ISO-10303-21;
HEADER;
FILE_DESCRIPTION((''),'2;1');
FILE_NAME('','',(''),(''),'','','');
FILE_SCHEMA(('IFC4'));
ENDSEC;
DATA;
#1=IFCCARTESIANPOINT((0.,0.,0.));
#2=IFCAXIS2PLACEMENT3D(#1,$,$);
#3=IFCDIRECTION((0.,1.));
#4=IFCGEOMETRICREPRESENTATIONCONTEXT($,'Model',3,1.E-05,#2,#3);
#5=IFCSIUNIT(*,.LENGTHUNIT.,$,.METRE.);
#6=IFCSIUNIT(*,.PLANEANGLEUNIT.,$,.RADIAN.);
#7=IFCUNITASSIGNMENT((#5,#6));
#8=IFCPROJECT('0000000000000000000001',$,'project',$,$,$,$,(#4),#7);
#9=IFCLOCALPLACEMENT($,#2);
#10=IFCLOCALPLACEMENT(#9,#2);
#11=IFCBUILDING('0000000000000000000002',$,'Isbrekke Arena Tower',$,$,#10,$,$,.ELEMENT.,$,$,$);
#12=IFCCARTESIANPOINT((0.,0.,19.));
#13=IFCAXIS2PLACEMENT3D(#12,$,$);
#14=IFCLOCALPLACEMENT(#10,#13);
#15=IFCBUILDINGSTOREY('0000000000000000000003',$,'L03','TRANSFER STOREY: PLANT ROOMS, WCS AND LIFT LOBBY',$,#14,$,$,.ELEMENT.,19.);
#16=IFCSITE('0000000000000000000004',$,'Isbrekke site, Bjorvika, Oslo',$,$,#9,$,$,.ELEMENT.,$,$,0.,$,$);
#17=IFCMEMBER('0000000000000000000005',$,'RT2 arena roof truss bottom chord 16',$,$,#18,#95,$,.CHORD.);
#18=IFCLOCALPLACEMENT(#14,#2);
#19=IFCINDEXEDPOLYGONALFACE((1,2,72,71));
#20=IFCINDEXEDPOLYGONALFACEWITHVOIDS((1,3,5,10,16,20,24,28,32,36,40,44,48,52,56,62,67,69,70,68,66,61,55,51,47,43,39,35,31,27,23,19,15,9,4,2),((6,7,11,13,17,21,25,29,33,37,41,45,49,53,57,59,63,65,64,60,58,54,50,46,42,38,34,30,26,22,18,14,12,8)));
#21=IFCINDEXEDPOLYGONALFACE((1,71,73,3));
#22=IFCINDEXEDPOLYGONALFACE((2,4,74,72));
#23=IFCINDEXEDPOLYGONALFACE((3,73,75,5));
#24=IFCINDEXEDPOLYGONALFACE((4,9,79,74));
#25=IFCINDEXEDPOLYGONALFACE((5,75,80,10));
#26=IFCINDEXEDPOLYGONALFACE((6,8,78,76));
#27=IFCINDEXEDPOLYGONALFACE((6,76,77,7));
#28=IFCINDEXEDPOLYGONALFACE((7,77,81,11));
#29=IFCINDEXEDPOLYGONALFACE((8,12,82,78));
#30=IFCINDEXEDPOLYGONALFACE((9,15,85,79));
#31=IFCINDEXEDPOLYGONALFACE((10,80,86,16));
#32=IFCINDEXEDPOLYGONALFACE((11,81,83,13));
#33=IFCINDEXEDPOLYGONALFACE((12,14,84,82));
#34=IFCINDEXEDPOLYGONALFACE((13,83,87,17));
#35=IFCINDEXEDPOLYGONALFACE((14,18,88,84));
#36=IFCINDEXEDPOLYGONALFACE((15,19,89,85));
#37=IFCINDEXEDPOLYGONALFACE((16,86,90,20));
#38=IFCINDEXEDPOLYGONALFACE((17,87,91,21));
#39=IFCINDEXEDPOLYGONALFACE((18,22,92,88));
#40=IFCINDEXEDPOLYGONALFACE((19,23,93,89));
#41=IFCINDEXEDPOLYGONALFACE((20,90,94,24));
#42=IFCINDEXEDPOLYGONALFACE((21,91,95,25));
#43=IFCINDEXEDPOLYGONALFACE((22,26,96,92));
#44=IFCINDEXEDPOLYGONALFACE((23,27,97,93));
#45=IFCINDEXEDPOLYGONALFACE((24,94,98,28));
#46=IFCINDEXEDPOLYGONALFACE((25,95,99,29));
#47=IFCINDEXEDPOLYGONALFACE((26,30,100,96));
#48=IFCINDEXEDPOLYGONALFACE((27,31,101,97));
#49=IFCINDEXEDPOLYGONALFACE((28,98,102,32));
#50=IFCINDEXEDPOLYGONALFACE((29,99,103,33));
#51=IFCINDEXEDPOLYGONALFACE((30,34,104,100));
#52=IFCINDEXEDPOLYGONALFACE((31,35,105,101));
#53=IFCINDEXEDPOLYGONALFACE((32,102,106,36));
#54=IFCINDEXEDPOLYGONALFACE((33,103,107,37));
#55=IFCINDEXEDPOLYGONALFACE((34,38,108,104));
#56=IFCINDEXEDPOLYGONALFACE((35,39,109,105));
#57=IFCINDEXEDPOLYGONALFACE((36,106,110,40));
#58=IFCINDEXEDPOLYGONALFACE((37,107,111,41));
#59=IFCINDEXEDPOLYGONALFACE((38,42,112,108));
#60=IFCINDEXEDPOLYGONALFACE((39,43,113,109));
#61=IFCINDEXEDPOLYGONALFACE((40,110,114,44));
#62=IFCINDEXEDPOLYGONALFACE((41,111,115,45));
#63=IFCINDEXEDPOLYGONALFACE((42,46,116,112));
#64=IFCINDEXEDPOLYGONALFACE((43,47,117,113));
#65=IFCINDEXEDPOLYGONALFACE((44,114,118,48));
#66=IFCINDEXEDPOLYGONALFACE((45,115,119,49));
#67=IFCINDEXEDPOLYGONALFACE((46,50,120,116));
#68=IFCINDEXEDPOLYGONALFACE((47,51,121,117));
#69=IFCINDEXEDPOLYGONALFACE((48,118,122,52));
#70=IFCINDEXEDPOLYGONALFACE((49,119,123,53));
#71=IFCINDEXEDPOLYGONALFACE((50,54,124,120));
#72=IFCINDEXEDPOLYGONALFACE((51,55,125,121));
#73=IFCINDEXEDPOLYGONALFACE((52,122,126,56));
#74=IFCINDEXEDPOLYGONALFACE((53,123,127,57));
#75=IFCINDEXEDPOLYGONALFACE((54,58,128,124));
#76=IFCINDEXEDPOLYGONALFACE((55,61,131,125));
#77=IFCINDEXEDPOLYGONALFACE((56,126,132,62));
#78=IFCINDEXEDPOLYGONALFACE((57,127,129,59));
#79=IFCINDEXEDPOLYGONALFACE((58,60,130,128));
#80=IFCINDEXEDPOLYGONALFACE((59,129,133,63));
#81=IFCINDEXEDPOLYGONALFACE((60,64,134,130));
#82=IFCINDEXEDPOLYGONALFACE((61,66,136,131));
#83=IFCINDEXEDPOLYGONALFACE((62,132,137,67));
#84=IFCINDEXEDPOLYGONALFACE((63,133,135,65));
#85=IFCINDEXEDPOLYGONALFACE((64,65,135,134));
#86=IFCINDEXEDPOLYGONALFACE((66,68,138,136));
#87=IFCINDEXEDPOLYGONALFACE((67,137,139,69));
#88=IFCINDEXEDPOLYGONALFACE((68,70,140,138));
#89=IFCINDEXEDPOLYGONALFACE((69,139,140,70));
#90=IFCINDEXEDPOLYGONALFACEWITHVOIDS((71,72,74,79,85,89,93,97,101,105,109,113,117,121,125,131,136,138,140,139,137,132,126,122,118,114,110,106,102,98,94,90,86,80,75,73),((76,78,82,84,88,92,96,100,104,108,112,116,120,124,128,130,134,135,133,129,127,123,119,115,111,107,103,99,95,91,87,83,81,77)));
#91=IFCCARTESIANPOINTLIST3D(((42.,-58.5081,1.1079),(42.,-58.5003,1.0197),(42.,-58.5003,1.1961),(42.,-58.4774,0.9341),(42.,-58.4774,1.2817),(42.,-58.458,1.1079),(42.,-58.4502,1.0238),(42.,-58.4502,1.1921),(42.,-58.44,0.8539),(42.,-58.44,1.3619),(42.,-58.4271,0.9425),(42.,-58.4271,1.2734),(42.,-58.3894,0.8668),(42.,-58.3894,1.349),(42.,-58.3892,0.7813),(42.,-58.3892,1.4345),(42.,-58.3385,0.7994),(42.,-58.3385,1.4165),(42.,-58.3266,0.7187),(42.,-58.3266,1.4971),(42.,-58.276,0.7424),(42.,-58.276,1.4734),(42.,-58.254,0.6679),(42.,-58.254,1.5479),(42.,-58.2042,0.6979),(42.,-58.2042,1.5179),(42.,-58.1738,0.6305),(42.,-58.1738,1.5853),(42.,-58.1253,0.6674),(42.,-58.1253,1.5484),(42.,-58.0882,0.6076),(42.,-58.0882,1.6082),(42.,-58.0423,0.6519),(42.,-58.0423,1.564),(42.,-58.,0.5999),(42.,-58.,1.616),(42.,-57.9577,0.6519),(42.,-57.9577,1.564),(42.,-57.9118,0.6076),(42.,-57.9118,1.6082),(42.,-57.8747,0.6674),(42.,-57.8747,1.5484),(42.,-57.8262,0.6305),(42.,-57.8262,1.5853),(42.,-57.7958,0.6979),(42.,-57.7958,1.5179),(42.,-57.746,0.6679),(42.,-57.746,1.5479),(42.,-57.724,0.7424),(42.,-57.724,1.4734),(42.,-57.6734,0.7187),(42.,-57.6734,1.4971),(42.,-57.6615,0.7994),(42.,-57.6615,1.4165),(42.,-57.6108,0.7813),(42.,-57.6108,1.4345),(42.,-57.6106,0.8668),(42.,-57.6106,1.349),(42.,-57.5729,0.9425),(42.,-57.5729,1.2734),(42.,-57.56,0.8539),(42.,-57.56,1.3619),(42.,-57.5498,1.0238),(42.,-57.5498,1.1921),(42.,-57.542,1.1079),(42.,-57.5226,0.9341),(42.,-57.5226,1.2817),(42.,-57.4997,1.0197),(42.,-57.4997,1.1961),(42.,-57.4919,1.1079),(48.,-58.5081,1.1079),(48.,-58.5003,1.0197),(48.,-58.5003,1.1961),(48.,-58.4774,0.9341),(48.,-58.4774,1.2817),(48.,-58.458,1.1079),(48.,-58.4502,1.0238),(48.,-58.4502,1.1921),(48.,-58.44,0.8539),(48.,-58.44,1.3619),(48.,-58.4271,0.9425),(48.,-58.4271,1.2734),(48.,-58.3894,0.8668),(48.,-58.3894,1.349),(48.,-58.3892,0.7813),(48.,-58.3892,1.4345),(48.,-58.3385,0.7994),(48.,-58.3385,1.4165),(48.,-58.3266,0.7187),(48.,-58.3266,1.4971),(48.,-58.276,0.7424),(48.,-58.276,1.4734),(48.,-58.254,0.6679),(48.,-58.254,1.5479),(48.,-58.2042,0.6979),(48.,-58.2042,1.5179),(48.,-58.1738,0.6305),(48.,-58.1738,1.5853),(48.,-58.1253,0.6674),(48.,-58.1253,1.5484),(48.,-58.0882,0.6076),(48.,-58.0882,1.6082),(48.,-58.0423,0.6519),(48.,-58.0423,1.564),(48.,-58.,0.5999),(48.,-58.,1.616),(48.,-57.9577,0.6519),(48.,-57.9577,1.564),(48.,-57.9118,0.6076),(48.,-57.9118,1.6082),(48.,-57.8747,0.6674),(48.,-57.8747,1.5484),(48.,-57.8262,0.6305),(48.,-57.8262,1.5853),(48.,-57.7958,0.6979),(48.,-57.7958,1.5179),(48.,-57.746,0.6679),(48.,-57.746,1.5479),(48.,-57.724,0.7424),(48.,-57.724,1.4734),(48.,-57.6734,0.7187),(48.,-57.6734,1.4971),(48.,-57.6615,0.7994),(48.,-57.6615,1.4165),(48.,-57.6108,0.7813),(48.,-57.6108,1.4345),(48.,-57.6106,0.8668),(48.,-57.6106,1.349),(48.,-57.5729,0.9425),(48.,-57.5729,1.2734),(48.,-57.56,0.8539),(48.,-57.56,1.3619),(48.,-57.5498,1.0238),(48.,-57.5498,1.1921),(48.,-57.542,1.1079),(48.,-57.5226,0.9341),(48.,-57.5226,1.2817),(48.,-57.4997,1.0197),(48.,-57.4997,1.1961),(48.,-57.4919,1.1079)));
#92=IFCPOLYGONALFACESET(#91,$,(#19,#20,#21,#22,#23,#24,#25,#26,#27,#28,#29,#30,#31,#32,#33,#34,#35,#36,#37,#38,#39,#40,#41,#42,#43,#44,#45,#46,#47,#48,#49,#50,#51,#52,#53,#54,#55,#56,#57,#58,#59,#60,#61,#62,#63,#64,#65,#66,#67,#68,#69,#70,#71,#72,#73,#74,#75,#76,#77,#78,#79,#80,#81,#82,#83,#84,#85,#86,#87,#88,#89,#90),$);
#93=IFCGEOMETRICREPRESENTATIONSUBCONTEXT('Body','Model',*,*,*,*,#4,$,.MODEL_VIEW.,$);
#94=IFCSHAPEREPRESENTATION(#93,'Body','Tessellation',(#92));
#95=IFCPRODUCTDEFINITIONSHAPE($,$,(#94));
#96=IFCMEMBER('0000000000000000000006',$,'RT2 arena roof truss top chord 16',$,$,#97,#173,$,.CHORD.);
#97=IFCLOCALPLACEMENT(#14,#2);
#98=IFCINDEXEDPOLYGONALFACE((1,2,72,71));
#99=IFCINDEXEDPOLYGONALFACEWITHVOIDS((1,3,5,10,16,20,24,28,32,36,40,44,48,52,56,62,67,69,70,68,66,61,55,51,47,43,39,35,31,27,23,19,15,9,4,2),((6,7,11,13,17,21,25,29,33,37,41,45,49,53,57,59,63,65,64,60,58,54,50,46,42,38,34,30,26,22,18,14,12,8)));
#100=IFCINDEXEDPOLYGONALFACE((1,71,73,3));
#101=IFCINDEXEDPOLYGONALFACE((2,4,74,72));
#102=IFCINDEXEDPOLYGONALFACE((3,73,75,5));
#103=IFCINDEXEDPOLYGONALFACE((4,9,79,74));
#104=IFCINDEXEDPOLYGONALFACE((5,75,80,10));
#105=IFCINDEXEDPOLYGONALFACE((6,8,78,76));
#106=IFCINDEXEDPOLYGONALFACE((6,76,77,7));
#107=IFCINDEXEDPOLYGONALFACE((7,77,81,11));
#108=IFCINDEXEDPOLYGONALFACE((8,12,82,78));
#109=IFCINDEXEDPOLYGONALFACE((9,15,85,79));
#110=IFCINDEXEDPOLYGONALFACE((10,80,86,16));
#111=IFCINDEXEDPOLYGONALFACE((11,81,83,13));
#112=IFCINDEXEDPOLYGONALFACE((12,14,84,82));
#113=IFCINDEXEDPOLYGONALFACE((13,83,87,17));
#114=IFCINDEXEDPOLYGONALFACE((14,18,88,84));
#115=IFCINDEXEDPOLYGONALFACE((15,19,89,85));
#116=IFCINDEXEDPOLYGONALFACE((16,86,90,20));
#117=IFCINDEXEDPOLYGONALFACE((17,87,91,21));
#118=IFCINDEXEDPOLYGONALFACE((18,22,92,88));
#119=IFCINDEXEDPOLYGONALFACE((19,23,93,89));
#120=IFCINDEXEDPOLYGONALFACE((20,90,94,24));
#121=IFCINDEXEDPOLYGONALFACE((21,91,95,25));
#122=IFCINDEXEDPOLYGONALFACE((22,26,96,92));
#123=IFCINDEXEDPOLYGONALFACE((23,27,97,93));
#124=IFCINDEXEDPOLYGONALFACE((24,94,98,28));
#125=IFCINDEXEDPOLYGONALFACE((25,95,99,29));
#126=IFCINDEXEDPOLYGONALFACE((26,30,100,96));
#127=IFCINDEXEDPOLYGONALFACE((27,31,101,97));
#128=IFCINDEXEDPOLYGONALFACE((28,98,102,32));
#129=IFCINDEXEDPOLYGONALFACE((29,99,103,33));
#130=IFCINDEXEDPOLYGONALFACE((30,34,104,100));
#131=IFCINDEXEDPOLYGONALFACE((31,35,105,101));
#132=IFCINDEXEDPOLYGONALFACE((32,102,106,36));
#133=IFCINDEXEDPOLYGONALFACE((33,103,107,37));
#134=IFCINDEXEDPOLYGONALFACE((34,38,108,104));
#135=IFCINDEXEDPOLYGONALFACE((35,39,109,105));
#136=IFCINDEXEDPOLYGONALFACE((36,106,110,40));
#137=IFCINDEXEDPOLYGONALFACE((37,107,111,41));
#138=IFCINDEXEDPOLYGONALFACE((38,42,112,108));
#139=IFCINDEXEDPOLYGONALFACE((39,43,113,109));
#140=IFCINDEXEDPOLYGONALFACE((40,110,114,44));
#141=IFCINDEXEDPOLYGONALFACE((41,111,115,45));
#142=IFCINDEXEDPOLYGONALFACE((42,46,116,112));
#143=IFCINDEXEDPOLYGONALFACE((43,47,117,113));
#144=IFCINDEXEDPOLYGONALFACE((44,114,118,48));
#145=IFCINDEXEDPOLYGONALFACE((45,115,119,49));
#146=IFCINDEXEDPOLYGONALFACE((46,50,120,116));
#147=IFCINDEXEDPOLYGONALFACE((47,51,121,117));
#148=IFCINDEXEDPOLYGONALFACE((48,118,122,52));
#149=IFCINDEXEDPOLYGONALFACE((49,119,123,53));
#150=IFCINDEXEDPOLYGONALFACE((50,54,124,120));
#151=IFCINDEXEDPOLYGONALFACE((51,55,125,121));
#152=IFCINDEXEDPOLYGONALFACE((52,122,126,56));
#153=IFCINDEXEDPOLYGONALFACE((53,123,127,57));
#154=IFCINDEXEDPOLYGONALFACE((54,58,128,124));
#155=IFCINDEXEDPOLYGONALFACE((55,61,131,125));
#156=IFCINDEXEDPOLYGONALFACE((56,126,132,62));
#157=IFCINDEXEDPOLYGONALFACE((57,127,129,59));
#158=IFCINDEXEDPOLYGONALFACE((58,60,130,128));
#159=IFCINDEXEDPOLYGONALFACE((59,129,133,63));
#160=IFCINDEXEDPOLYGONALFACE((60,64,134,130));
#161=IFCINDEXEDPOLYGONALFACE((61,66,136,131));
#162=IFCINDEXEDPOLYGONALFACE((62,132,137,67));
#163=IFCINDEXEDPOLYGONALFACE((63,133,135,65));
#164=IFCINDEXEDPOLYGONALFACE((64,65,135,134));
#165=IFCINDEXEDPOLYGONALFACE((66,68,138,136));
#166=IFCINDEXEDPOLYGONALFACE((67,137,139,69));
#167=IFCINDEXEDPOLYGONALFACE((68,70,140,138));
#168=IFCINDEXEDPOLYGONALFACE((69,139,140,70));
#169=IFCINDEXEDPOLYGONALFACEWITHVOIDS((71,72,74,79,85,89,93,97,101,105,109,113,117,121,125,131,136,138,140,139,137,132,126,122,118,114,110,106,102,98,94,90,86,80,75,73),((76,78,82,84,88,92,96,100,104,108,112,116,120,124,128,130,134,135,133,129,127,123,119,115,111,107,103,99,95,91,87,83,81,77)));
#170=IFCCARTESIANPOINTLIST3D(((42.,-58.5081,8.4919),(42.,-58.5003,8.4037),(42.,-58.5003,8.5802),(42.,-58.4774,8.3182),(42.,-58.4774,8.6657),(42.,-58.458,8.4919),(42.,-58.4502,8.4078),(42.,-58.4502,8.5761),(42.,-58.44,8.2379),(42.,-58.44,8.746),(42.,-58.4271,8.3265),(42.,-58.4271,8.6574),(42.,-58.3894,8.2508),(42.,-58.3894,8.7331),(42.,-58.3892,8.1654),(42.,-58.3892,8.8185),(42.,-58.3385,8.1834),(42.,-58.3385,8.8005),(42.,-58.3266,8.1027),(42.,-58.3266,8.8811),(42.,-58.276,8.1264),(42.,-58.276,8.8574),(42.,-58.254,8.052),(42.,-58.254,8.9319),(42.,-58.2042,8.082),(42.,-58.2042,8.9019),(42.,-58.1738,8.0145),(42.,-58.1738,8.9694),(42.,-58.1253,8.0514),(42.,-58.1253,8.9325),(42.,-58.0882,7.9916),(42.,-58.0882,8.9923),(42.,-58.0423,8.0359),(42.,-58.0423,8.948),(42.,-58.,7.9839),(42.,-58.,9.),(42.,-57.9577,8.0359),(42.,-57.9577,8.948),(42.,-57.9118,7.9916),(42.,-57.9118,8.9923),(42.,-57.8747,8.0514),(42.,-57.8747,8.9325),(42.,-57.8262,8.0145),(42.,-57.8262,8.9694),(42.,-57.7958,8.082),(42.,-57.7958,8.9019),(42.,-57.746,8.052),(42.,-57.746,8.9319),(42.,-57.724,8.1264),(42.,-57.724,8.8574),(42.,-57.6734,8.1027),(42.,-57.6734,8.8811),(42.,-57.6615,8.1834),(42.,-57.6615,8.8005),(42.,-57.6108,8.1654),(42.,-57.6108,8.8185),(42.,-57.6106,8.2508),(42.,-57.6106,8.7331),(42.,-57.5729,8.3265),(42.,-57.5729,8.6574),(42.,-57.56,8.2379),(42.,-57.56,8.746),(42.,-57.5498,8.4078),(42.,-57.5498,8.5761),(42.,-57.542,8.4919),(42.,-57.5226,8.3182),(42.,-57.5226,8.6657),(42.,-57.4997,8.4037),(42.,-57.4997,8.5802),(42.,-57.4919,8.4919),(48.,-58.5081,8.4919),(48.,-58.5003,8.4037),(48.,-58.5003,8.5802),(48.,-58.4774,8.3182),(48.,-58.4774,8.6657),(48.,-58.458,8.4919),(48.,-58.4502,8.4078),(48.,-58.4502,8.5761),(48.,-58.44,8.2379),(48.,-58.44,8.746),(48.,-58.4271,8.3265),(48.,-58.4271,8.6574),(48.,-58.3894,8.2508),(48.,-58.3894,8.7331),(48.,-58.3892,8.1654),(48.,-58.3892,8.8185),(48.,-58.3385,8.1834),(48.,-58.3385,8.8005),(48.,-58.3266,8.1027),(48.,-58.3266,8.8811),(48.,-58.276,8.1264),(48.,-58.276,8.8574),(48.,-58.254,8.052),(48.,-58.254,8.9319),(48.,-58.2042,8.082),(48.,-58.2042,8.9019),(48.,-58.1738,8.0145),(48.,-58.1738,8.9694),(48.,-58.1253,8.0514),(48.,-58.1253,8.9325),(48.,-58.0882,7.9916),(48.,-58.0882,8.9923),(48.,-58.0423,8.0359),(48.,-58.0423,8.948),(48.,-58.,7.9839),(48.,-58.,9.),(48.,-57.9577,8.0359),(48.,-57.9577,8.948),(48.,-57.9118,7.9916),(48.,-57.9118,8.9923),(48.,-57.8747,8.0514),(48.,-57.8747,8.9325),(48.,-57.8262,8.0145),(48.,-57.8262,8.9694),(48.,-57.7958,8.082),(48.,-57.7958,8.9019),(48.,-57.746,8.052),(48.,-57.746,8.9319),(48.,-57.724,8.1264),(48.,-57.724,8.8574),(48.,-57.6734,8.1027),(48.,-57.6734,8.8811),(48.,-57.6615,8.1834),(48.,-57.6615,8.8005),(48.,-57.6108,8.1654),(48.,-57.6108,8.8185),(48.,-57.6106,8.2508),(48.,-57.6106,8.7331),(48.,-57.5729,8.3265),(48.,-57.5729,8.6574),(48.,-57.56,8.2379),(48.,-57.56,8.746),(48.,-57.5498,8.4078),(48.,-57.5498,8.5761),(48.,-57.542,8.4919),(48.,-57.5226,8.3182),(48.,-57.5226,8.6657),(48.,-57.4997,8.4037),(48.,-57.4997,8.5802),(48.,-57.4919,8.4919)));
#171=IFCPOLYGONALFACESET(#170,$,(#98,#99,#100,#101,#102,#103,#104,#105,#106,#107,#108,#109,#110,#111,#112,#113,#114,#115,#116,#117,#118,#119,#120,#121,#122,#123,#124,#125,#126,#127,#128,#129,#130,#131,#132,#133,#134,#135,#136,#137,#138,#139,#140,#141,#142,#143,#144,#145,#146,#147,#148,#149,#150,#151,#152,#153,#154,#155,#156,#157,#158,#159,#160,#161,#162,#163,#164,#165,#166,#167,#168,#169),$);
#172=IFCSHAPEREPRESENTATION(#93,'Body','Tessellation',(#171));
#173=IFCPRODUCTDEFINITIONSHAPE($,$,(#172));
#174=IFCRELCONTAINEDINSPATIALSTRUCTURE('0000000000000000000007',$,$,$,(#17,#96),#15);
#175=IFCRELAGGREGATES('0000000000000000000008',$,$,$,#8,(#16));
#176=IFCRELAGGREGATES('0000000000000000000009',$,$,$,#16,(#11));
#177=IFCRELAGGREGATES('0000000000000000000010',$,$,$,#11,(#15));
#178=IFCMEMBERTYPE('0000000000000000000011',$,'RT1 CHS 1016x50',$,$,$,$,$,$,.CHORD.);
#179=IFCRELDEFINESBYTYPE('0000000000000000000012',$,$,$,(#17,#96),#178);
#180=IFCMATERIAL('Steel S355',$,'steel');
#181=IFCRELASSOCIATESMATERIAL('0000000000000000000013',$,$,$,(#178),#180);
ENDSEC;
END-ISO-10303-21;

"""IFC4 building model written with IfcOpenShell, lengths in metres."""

from ifc_helpers import new_model, si_unit, direction, frame, origin, origin_2d, place, context, subcontext, project, spatial, hollow_circle, extrude, material, material_profile, profile_set, type_object, element, save


model = new_model("IFC4")

# Units and contexts
model_context = context("Model", 3, precision=1e-05, world=origin(), true_north=direction((0.0, 1.0)))
body_context = subcontext(model_context, "Body", "Model", "MODEL_VIEW")
ifc_project = project(units=[si_unit("LENGTHUNIT", "METRE"), si_unit("PLANEANGLEUNIT", "RADIAN")], contexts=[model_context])

# Site, building, storey
site_placement = place(None, origin())
site = spatial("IfcSite", under=ifc_project, at=site_placement, Name="Isbrekke site, Bjorvika, Oslo", CompositionType="ELEMENT", RefElevation=0.0)
building_placement = place(site_placement, origin())
building = spatial("IfcBuilding", under=site, at=building_placement, Name="Isbrekke Arena Tower", CompositionType="ELEMENT")
storey_placement = place(building_placement, frame((0.0, 0.0, 19.0)))
storey = spatial("IfcBuildingStorey", under=building, at=storey_placement, Name="L03", Description="TRANSFER STOREY: PLANT ROOMS, WCS AND LIFT LOBBY", CompositionType="ELEMENT", Elevation=19.0)

# Members
ifc_material_1 = material(Name="Steel S355", Category="steel")
ifc_material_profile_1 = material_profile(ifc_material_1, hollow_circle(Radius=0.5081, WallThickness=0.05, at=origin_2d()), Name="CHS 1016x50")
ifc_profile_set_1 = profile_set([ifc_material_profile_1], Name="Steel S355")
member_type_1 = type_object("IfcMemberType", Name="RT1 CHS 1016x50", PredefinedType="CHORD", material=ifc_profile_set_1)
for number, where, z_axis, x_axis, name in (
    (1, (42.0, -58.0, 1.1079), (1.0, 0.0, 0.0), (0.0, 1.0, 0.0), "RT2 arena roof truss bottom chord 16"),
    (2, (42.0, -58.0, 8.4919), (1.0, 0.0, 0.0), (0.0, 1.0, 0.0), "RT2 arena roof truss top chord 16"),
):
    element("IfcMember", number, at=place(storey_placement, frame(where, z_axis=z_axis, x_axis=x_axis)), inside=storey, type_object=member_type_1, Name=name, PredefinedType="CHORD", context=body_context, shape_type="SweptSolid", body=[
        extrude(hollow_circle(Radius=0.5081, WallThickness=0.05, at=origin_2d()), origin(), (0.0, 0.0, 1.0), 6.0),
    ])

save(model, "model.ifc")
